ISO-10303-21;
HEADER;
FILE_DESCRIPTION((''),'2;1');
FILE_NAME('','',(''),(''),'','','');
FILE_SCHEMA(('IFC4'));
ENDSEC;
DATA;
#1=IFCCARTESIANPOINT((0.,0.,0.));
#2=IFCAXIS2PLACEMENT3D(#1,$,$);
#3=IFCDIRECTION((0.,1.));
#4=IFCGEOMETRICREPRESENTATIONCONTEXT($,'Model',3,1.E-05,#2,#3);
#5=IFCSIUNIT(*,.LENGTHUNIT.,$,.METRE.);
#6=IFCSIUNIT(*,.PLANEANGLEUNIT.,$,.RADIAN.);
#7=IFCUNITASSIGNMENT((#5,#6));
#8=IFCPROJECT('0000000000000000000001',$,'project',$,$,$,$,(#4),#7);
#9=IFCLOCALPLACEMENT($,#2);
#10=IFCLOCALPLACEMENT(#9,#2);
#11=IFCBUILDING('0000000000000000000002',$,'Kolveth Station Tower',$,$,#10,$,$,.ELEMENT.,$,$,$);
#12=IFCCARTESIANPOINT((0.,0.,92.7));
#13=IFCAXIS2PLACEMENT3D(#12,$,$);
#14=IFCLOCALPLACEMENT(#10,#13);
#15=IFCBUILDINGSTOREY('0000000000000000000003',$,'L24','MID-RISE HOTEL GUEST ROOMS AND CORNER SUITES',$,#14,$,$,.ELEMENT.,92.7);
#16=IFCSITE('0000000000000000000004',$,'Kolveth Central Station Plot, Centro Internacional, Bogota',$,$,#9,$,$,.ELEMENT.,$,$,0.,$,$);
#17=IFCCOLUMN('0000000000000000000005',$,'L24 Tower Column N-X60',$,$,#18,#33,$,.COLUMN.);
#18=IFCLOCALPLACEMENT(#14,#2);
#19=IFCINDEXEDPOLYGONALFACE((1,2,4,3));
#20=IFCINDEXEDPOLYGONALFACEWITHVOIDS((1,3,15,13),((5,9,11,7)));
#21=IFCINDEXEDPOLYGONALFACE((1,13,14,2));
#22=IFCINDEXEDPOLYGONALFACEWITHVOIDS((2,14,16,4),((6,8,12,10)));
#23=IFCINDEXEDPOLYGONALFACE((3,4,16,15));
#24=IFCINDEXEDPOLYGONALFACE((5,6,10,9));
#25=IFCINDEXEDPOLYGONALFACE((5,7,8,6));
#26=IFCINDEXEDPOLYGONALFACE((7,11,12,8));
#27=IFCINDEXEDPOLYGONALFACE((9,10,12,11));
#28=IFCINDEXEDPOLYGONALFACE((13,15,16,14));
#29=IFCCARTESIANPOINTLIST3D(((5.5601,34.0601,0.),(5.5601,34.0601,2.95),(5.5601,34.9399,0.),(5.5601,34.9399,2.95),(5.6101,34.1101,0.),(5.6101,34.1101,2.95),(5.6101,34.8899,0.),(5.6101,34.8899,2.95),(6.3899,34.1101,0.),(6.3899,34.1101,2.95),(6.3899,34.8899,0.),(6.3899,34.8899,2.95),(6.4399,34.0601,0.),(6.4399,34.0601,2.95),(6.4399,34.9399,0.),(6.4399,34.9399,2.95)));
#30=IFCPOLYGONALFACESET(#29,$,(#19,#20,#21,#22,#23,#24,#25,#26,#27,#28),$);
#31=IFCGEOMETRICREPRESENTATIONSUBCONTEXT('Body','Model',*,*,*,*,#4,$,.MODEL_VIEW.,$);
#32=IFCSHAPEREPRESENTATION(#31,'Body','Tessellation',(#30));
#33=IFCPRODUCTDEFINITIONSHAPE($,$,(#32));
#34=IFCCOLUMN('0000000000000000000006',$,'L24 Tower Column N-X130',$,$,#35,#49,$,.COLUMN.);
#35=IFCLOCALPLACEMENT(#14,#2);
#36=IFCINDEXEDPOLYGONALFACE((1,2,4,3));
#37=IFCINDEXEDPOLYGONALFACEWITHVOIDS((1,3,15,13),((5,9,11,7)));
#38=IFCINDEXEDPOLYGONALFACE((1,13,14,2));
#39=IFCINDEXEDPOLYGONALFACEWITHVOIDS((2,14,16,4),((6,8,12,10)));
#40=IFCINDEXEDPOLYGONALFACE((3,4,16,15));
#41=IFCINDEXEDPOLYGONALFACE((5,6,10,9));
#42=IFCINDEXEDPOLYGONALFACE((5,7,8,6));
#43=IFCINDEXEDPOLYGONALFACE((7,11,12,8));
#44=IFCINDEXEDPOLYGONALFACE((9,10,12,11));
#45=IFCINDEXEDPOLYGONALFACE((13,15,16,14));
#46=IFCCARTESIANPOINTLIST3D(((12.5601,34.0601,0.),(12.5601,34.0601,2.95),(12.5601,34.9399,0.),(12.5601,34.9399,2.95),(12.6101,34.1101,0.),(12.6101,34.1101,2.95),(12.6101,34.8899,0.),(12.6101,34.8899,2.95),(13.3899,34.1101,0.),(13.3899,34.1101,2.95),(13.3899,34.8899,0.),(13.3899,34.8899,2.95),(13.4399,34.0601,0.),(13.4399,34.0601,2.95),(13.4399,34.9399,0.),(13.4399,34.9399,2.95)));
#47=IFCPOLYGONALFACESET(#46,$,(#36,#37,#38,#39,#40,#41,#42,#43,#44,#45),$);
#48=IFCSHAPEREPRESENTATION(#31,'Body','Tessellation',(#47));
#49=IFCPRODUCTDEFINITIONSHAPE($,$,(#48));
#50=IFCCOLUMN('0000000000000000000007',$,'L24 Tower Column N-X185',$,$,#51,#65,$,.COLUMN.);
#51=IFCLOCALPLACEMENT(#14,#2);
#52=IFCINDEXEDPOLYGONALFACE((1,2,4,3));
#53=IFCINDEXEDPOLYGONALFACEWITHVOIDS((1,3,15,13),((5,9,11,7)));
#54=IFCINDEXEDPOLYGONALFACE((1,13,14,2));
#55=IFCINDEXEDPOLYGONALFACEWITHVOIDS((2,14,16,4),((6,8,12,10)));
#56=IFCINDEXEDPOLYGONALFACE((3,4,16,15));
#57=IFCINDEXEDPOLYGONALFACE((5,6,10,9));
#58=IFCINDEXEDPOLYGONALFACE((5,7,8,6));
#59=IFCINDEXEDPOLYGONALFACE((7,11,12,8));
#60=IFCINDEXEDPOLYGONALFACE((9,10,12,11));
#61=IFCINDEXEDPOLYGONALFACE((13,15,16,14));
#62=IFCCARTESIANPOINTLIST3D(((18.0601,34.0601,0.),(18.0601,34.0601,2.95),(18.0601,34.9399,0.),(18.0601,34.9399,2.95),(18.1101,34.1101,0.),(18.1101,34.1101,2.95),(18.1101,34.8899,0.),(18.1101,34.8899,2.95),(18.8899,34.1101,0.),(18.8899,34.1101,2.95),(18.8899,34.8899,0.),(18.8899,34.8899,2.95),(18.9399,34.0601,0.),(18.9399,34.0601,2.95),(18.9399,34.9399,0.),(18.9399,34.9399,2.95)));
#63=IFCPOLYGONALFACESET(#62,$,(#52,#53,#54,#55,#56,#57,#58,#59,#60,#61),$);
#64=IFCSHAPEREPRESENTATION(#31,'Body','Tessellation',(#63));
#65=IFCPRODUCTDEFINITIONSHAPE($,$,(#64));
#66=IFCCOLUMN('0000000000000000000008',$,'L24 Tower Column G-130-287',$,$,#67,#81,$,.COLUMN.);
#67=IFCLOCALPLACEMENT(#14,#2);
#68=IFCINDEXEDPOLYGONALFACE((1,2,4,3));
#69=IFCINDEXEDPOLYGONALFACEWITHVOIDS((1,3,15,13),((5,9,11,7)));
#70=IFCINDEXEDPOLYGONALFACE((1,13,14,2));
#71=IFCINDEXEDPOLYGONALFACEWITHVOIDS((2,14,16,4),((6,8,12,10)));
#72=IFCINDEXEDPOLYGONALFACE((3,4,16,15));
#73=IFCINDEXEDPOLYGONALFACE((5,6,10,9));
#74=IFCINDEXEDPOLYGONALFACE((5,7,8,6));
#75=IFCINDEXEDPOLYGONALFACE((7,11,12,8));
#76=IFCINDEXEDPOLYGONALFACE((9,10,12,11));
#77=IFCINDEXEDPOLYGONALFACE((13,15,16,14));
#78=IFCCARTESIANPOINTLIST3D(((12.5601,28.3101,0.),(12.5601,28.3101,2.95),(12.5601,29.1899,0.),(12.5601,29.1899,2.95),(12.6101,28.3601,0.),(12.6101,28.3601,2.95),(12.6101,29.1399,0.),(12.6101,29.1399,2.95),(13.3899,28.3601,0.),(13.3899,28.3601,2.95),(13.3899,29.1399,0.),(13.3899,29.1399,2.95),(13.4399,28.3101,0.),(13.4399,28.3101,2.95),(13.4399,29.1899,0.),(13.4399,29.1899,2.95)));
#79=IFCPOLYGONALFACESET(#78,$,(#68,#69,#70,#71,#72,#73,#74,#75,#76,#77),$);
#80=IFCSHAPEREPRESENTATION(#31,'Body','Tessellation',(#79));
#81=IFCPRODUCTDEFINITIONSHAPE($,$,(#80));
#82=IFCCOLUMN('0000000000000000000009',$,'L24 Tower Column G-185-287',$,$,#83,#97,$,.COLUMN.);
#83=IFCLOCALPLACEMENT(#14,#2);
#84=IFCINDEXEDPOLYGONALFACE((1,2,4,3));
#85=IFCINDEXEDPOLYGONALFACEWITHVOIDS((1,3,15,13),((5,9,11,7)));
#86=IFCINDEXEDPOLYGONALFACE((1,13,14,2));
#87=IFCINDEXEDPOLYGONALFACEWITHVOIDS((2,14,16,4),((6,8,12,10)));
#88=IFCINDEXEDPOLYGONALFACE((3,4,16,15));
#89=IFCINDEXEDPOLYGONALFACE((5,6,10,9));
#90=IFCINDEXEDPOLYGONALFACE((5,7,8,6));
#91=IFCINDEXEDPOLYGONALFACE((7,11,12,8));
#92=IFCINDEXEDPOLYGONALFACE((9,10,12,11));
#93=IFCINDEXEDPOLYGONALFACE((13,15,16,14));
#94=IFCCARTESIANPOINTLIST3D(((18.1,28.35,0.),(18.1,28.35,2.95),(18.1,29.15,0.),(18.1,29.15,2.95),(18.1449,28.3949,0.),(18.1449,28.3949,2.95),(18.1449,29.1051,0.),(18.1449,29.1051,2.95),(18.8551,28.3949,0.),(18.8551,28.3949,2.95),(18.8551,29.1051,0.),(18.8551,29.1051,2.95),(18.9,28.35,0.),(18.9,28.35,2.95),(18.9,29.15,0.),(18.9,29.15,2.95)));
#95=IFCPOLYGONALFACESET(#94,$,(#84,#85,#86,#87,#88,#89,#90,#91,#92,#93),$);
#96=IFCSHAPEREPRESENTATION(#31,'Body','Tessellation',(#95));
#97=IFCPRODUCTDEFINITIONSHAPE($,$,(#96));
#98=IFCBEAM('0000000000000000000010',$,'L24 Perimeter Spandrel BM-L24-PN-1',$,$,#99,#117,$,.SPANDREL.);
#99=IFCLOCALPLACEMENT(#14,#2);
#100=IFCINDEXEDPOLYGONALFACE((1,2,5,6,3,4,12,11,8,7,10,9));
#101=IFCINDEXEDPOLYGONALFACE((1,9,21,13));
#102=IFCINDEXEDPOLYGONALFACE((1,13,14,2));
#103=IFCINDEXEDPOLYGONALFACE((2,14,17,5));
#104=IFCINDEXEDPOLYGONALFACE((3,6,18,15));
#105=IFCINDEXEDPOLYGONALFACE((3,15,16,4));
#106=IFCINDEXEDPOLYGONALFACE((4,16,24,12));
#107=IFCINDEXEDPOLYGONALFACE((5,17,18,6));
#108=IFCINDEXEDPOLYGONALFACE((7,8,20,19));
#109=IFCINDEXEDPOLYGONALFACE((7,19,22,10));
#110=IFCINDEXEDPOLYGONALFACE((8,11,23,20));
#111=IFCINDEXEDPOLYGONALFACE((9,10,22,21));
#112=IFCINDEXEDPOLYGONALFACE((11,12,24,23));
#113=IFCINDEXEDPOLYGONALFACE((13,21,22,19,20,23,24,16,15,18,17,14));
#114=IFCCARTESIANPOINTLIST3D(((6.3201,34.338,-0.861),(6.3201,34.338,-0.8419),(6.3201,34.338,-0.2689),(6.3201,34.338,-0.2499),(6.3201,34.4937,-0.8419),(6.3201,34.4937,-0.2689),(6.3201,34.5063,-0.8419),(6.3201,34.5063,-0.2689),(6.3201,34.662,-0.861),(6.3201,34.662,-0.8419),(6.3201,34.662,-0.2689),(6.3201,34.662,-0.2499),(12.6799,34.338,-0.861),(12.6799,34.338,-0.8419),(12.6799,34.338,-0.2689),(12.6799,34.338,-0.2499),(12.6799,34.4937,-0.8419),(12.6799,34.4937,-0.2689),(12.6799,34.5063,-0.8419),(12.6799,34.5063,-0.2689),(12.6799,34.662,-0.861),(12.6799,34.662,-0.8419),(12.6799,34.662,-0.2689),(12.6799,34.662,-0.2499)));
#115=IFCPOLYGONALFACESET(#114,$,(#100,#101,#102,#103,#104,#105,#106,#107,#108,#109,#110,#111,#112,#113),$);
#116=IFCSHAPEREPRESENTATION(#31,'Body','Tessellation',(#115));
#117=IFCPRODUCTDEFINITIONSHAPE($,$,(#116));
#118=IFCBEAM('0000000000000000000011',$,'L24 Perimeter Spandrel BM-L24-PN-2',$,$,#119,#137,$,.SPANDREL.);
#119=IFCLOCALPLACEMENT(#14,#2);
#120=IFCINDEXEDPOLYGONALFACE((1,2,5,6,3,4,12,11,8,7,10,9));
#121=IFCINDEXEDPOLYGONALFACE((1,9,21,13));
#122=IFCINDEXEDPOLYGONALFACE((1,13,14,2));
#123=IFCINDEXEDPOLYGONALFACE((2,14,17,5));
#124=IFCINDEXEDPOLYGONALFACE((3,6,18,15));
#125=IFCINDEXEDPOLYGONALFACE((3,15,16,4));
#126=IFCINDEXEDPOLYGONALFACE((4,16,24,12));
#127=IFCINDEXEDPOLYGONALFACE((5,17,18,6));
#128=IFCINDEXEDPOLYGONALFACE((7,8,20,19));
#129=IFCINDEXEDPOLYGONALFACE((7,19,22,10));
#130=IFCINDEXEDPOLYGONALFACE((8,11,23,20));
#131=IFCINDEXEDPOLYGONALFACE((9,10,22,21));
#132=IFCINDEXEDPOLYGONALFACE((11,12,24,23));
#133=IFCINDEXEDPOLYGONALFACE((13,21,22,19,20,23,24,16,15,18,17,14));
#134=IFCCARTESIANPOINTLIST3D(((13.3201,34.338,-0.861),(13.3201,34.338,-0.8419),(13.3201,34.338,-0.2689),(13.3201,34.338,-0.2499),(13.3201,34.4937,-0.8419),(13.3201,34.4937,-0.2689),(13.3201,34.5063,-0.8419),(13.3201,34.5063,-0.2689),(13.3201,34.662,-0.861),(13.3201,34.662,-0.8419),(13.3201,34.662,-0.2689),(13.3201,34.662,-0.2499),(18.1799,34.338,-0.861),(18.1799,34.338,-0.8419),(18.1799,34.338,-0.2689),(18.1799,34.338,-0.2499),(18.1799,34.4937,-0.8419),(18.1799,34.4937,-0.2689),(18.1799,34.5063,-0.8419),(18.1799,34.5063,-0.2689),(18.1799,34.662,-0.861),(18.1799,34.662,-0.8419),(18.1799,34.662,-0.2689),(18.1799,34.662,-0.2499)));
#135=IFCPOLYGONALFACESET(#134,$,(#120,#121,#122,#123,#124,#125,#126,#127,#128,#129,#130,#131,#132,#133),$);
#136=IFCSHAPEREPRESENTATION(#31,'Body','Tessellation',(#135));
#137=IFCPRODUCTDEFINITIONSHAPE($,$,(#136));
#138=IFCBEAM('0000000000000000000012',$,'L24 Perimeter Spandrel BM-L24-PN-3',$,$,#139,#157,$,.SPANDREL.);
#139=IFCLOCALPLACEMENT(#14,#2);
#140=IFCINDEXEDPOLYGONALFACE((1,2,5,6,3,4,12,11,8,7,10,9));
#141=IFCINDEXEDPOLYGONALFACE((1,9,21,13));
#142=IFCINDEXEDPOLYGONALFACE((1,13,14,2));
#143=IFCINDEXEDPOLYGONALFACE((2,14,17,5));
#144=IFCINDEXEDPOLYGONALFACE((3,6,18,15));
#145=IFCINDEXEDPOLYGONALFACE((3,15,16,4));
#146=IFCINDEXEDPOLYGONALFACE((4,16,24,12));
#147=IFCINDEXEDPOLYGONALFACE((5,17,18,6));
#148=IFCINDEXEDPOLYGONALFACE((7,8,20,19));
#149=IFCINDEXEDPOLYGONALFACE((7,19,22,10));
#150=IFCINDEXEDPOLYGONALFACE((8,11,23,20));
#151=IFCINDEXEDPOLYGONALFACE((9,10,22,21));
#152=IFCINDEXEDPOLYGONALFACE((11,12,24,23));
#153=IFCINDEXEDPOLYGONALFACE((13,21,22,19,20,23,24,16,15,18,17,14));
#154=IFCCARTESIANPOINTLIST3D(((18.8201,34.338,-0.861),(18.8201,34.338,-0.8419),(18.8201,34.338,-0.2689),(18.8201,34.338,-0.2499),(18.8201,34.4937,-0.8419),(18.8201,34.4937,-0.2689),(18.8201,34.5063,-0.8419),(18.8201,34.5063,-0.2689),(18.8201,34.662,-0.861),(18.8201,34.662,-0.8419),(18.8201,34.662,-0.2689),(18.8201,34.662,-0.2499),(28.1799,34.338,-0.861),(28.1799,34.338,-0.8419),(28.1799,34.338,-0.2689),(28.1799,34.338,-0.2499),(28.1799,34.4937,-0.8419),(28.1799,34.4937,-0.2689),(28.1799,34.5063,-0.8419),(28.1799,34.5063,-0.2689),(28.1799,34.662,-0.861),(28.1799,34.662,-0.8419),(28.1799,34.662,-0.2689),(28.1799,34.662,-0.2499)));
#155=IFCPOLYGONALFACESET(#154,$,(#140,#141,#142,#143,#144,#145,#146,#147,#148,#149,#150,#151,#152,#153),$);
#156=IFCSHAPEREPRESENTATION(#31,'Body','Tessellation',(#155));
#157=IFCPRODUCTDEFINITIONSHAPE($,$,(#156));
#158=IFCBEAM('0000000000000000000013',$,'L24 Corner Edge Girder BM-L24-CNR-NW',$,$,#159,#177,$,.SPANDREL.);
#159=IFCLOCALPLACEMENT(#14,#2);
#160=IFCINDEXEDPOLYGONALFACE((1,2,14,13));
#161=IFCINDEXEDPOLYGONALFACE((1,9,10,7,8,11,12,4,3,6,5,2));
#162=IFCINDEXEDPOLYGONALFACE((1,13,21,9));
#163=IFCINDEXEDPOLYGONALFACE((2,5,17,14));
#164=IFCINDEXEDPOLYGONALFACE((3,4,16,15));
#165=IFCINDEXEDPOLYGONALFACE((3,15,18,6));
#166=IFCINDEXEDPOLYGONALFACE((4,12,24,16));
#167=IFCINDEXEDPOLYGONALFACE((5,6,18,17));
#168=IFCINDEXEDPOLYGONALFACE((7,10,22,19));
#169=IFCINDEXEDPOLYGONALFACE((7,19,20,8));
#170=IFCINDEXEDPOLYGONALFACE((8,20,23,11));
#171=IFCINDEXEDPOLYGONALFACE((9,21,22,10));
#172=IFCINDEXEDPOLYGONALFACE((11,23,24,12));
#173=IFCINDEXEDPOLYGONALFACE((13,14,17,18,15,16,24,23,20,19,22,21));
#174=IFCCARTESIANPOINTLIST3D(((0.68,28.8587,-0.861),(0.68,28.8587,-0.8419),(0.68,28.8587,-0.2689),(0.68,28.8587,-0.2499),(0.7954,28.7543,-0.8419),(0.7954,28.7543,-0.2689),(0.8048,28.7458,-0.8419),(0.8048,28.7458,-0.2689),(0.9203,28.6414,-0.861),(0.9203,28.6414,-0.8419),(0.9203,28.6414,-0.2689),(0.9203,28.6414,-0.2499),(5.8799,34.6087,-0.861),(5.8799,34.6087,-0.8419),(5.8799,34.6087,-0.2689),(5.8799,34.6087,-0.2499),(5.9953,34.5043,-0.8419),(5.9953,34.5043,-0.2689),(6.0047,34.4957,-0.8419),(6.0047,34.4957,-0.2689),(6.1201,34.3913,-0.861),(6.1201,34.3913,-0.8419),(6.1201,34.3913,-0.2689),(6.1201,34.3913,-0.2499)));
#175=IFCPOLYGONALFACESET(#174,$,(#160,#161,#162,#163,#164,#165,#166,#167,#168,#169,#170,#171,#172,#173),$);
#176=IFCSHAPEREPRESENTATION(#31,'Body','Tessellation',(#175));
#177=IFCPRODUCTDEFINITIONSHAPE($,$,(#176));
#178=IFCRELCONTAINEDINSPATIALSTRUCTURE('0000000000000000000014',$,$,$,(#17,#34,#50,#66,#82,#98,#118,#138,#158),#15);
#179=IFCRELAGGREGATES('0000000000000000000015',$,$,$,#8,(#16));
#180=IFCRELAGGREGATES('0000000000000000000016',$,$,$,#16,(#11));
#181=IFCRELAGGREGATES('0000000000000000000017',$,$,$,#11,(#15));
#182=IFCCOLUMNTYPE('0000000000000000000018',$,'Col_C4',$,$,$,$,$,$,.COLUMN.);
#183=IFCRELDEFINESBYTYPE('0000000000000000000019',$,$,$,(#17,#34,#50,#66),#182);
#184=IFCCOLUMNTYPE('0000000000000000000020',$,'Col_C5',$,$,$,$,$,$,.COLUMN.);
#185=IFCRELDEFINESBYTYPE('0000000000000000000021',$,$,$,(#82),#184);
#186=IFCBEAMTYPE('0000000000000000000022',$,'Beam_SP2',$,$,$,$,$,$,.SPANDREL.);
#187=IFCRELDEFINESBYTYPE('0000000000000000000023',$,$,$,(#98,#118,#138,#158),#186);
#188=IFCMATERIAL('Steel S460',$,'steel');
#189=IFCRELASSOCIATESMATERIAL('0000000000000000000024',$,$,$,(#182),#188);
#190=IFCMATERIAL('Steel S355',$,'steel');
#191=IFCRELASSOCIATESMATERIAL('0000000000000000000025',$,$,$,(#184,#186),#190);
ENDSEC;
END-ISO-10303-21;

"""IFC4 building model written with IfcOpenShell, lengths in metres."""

from ifc_helpers import new_model, si_unit, direction, frame, origin, origin_2d, place, context, subcontext, project, spatial, hollow_rectangle, i_section, extrude, source, transform, mapped, material, material_profile, profile_set, type_object, element, save


model = new_model("IFC4")

# Units and contexts
model_context = context("Model", 3, precision=1e-05, world=origin(), true_north=direction((0.0, 1.0)))
body_context = subcontext(model_context, "Body", "Model", "MODEL_VIEW")
ifc_project = project(units=[si_unit("LENGTHUNIT", "METRE"), si_unit("PLANEANGLEUNIT", "RADIAN")], contexts=[model_context])

# Site, building, storey
site_placement = place(None, origin())
site = spatial("IfcSite", under=ifc_project, at=site_placement, Name="Kolveth Central Station Plot, Centro Internacional, Bogota", CompositionType="ELEMENT", RefElevation=0.0)
building_placement = place(site_placement, origin())
building = spatial("IfcBuilding", under=site, at=building_placement, Name="Kolveth Station Tower", CompositionType="ELEMENT")
storey_placement = place(building_placement, frame((0.0, 0.0, 92.7)))
storey = spatial("IfcBuildingStorey", under=building, at=storey_placement, Name="L24", Description="MID-RISE HOTEL GUEST ROOMS AND CORNER SUITES", CompositionType="ELEMENT", Elevation=92.7)

# Columns
ifc_material_1 = material(Name="Steel S460", Category="steel")
ifc_material_profile_1 = material_profile(ifc_material_1, hollow_rectangle(XDim=0.8799, YDim=0.8799, WallThickness=0.05, at=origin_2d()), Name="BOX880x880x50")
ifc_profile_set_1 = profile_set([ifc_material_profile_1], Name="Steel S460")
column_type_1 = type_object("IfcColumnType", Name="Col_C4", PredefinedType="COLUMN", material=ifc_profile_set_1)
shared_shape_1 = source(origin(), body_context, "Body", "SweptSolid", [
    extrude(hollow_rectangle(XDim=0.8799, YDim=0.8799, WallThickness=0.05, at=origin_2d()), origin(), (0.0, 0.0, 1.0), 2.95),
])
for number, where, z_axis, x_axis, name in (
    (1, (6.0, 34.5, 0.0), (0.0, 0.0, 1.0), (1.0, 0.0, 0.0), "L24 Tower Column N-X60"),
    (2, (13.0, 34.5, 0.0), (0.0, 0.0, 1.0), (1.0, 0.0, 0.0), "L24 Tower Column N-X130"),
    (3, (18.5, 34.5, 0.0), (0.0, 0.0, 1.0), (1.0, 0.0, 0.0), "L24 Tower Column N-X185"),
    (4, (13.0, 28.75, 0.0), (0.0, 0.0, 1.0), (1.0, 0.0, 0.0), "L24 Tower Column G-130-287"),
):
    element("IfcColumn", number, at=place(storey_placement, frame(where, z_axis=z_axis, x_axis=x_axis)), inside=storey, type_object=column_type_1, Name=name, PredefinedType="COLUMN", context=body_context, shape_type="MappedRepresentation", body=[
        mapped(shared_shape_1, transform((0.0, 0.0, 0.0), x_axis=(1.0, 0.0, 0.0), y_axis=(0.0, 1.0, 0.0), z_axis=(0.0, 0.0, 1.0), scale=1.0)),
    ])
ifc_material_2 = material(Name="Steel S355", Category="steel")
ifc_material_profile_2 = material_profile(ifc_material_2, hollow_rectangle(XDim=0.8, YDim=0.8, WallThickness=0.0449, at=origin_2d()), Name="BOX800x800x45")
ifc_profile_set_2 = profile_set([ifc_material_profile_2], Name="Steel S355")
column_type_2 = type_object("IfcColumnType", Name="Col_C5", PredefinedType="COLUMN", material=ifc_profile_set_2)
shared_shape_2 = source(origin(), body_context, "Body", "SweptSolid", [
    extrude(hollow_rectangle(XDim=0.8, YDim=0.8, WallThickness=0.0449, at=origin_2d()), origin(), (0.0, 0.0, 1.0), 2.95),
])
column_placement = place(storey_placement, frame((18.5, 28.75, 0.0), z_axis=(0.0, 0.0, 1.0), x_axis=(1.0, 0.0, 0.0)))
element("IfcColumn", 5, at=column_placement, inside=storey, type_object=column_type_2, Name="L24 Tower Column G-185-287", PredefinedType="COLUMN", context=body_context, shape_type="MappedRepresentation", body=[
    mapped(shared_shape_2, transform((0.0, 0.0, 0.0), x_axis=(1.0, 0.0, 0.0), y_axis=(0.0, 1.0, 0.0), z_axis=(0.0, 0.0, 1.0), scale=1.0)),
])

# Beams
ifc_material_profile_3 = material_profile(ifc_material_2, i_section(OverallWidth=0.324, OverallDepth=0.6111, WebThickness=0.0127, FlangeThickness=0.019, at=origin_2d()), Name="W610x155")
ifc_profile_set_3 = profile_set([ifc_material_profile_3], Name="Steel S355")
beam_type_1 = type_object("IfcBeamType", Name="Beam_SP2", PredefinedType="SPANDREL", material=ifc_profile_set_3)
shared_shape_3 = source(origin(), body_context, "Body", "SweptSolid", [
    extrude(i_section(OverallWidth=0.324, OverallDepth=0.6111, WebThickness=0.0127, FlangeThickness=0.019, at=origin_2d()), origin(), (0.0, 0.0, 1.0), 6.3599),
])
beam_1_placement = place(storey_placement, frame((6.3201, 34.5, -0.5554), z_axis=(1.0, 0.0, 0.0), x_axis=(0.0, 1.0, 0.0)))
element("IfcBeam", 6, at=beam_1_placement, inside=storey, type_object=beam_type_1, Name="L24 Perimeter Spandrel BM-L24-PN-1", PredefinedType="SPANDREL", context=body_context, shape_type="MappedRepresentation", body=[
    mapped(shared_shape_3, transform((0.0, 0.0, 0.0), x_axis=(1.0, 0.0, 0.0), y_axis=(0.0, 1.0, 0.0), z_axis=(0.0, 0.0, 1.0), scale=1.0)),
])
shared_shape_4 = source(origin(), body_context, "Body", "SweptSolid", [
    extrude(i_section(OverallWidth=0.324, OverallDepth=0.6111, WebThickness=0.0127, FlangeThickness=0.019, at=origin_2d()), origin(), (0.0, 0.0, 1.0), 4.8599),
])
beam_2_placement = place(storey_placement, frame((13.3201, 34.5, -0.5554), z_axis=(1.0, 0.0, 0.0), x_axis=(0.0, 1.0, 0.0)))
element("IfcBeam", 7, at=beam_2_placement, inside=storey, type_object=beam_type_1, Name="L24 Perimeter Spandrel BM-L24-PN-2", PredefinedType="SPANDREL", context=body_context, shape_type="MappedRepresentation", body=[
    mapped(shared_shape_4, transform((0.0, 0.0, 0.0), x_axis=(1.0, 0.0, 0.0), y_axis=(0.0, 1.0, 0.0), z_axis=(0.0, 0.0, 1.0), scale=1.0)),
])
shared_shape_5 = source(origin(), body_context, "Body", "SweptSolid", [
    extrude(i_section(OverallWidth=0.324, OverallDepth=0.6111, WebThickness=0.0127, FlangeThickness=0.019, at=origin_2d()), origin(), (0.0, 0.0, 1.0), 9.3599),
])
beam_3_placement = place(storey_placement, frame((18.8201, 34.5, -0.5554), z_axis=(1.0, 0.0, 0.0), x_axis=(0.0, 1.0, 0.0)))
element("IfcBeam", 8, at=beam_3_placement, inside=storey, type_object=beam_type_1, Name="L24 Perimeter Spandrel BM-L24-PN-3", PredefinedType="SPANDREL", context=body_context, shape_type="MappedRepresentation", body=[
    mapped(shared_shape_5, transform((0.0, 0.0, 0.0), x_axis=(1.0, 0.0, 0.0), y_axis=(0.0, 1.0, 0.0), z_axis=(0.0, 0.0, 1.0), scale=1.0)),
])
shared_shape_6 = source(origin(), body_context, "Body", "SweptSolid", [
    extrude(i_section(OverallWidth=0.324, OverallDepth=0.6111, WebThickness=0.0127, FlangeThickness=0.019, at=origin_2d()), origin(), (0.0, 0.0, 1.0), 7.7524),
])
beam_4_placement = place(storey_placement, frame((6.0, 34.5, -0.5554), z_axis=(-0.670741, -0.741692, 0.0), x_axis=(0.741692, -0.670741, 0.0)))
element("IfcBeam", 9, at=beam_4_placement, inside=storey, type_object=beam_type_1, Name="L24 Corner Edge Girder BM-L24-CNR-NW", PredefinedType="SPANDREL", context=body_context, shape_type="MappedRepresentation", body=[
    mapped(shared_shape_6, transform((0.0, 0.0, 0.0), x_axis=(1.0, 0.0, 0.0), y_axis=(0.0, 1.0, 0.0), z_axis=(0.0, 0.0, 1.0), scale=1.0)),
])

save(model, "model.ifc")
